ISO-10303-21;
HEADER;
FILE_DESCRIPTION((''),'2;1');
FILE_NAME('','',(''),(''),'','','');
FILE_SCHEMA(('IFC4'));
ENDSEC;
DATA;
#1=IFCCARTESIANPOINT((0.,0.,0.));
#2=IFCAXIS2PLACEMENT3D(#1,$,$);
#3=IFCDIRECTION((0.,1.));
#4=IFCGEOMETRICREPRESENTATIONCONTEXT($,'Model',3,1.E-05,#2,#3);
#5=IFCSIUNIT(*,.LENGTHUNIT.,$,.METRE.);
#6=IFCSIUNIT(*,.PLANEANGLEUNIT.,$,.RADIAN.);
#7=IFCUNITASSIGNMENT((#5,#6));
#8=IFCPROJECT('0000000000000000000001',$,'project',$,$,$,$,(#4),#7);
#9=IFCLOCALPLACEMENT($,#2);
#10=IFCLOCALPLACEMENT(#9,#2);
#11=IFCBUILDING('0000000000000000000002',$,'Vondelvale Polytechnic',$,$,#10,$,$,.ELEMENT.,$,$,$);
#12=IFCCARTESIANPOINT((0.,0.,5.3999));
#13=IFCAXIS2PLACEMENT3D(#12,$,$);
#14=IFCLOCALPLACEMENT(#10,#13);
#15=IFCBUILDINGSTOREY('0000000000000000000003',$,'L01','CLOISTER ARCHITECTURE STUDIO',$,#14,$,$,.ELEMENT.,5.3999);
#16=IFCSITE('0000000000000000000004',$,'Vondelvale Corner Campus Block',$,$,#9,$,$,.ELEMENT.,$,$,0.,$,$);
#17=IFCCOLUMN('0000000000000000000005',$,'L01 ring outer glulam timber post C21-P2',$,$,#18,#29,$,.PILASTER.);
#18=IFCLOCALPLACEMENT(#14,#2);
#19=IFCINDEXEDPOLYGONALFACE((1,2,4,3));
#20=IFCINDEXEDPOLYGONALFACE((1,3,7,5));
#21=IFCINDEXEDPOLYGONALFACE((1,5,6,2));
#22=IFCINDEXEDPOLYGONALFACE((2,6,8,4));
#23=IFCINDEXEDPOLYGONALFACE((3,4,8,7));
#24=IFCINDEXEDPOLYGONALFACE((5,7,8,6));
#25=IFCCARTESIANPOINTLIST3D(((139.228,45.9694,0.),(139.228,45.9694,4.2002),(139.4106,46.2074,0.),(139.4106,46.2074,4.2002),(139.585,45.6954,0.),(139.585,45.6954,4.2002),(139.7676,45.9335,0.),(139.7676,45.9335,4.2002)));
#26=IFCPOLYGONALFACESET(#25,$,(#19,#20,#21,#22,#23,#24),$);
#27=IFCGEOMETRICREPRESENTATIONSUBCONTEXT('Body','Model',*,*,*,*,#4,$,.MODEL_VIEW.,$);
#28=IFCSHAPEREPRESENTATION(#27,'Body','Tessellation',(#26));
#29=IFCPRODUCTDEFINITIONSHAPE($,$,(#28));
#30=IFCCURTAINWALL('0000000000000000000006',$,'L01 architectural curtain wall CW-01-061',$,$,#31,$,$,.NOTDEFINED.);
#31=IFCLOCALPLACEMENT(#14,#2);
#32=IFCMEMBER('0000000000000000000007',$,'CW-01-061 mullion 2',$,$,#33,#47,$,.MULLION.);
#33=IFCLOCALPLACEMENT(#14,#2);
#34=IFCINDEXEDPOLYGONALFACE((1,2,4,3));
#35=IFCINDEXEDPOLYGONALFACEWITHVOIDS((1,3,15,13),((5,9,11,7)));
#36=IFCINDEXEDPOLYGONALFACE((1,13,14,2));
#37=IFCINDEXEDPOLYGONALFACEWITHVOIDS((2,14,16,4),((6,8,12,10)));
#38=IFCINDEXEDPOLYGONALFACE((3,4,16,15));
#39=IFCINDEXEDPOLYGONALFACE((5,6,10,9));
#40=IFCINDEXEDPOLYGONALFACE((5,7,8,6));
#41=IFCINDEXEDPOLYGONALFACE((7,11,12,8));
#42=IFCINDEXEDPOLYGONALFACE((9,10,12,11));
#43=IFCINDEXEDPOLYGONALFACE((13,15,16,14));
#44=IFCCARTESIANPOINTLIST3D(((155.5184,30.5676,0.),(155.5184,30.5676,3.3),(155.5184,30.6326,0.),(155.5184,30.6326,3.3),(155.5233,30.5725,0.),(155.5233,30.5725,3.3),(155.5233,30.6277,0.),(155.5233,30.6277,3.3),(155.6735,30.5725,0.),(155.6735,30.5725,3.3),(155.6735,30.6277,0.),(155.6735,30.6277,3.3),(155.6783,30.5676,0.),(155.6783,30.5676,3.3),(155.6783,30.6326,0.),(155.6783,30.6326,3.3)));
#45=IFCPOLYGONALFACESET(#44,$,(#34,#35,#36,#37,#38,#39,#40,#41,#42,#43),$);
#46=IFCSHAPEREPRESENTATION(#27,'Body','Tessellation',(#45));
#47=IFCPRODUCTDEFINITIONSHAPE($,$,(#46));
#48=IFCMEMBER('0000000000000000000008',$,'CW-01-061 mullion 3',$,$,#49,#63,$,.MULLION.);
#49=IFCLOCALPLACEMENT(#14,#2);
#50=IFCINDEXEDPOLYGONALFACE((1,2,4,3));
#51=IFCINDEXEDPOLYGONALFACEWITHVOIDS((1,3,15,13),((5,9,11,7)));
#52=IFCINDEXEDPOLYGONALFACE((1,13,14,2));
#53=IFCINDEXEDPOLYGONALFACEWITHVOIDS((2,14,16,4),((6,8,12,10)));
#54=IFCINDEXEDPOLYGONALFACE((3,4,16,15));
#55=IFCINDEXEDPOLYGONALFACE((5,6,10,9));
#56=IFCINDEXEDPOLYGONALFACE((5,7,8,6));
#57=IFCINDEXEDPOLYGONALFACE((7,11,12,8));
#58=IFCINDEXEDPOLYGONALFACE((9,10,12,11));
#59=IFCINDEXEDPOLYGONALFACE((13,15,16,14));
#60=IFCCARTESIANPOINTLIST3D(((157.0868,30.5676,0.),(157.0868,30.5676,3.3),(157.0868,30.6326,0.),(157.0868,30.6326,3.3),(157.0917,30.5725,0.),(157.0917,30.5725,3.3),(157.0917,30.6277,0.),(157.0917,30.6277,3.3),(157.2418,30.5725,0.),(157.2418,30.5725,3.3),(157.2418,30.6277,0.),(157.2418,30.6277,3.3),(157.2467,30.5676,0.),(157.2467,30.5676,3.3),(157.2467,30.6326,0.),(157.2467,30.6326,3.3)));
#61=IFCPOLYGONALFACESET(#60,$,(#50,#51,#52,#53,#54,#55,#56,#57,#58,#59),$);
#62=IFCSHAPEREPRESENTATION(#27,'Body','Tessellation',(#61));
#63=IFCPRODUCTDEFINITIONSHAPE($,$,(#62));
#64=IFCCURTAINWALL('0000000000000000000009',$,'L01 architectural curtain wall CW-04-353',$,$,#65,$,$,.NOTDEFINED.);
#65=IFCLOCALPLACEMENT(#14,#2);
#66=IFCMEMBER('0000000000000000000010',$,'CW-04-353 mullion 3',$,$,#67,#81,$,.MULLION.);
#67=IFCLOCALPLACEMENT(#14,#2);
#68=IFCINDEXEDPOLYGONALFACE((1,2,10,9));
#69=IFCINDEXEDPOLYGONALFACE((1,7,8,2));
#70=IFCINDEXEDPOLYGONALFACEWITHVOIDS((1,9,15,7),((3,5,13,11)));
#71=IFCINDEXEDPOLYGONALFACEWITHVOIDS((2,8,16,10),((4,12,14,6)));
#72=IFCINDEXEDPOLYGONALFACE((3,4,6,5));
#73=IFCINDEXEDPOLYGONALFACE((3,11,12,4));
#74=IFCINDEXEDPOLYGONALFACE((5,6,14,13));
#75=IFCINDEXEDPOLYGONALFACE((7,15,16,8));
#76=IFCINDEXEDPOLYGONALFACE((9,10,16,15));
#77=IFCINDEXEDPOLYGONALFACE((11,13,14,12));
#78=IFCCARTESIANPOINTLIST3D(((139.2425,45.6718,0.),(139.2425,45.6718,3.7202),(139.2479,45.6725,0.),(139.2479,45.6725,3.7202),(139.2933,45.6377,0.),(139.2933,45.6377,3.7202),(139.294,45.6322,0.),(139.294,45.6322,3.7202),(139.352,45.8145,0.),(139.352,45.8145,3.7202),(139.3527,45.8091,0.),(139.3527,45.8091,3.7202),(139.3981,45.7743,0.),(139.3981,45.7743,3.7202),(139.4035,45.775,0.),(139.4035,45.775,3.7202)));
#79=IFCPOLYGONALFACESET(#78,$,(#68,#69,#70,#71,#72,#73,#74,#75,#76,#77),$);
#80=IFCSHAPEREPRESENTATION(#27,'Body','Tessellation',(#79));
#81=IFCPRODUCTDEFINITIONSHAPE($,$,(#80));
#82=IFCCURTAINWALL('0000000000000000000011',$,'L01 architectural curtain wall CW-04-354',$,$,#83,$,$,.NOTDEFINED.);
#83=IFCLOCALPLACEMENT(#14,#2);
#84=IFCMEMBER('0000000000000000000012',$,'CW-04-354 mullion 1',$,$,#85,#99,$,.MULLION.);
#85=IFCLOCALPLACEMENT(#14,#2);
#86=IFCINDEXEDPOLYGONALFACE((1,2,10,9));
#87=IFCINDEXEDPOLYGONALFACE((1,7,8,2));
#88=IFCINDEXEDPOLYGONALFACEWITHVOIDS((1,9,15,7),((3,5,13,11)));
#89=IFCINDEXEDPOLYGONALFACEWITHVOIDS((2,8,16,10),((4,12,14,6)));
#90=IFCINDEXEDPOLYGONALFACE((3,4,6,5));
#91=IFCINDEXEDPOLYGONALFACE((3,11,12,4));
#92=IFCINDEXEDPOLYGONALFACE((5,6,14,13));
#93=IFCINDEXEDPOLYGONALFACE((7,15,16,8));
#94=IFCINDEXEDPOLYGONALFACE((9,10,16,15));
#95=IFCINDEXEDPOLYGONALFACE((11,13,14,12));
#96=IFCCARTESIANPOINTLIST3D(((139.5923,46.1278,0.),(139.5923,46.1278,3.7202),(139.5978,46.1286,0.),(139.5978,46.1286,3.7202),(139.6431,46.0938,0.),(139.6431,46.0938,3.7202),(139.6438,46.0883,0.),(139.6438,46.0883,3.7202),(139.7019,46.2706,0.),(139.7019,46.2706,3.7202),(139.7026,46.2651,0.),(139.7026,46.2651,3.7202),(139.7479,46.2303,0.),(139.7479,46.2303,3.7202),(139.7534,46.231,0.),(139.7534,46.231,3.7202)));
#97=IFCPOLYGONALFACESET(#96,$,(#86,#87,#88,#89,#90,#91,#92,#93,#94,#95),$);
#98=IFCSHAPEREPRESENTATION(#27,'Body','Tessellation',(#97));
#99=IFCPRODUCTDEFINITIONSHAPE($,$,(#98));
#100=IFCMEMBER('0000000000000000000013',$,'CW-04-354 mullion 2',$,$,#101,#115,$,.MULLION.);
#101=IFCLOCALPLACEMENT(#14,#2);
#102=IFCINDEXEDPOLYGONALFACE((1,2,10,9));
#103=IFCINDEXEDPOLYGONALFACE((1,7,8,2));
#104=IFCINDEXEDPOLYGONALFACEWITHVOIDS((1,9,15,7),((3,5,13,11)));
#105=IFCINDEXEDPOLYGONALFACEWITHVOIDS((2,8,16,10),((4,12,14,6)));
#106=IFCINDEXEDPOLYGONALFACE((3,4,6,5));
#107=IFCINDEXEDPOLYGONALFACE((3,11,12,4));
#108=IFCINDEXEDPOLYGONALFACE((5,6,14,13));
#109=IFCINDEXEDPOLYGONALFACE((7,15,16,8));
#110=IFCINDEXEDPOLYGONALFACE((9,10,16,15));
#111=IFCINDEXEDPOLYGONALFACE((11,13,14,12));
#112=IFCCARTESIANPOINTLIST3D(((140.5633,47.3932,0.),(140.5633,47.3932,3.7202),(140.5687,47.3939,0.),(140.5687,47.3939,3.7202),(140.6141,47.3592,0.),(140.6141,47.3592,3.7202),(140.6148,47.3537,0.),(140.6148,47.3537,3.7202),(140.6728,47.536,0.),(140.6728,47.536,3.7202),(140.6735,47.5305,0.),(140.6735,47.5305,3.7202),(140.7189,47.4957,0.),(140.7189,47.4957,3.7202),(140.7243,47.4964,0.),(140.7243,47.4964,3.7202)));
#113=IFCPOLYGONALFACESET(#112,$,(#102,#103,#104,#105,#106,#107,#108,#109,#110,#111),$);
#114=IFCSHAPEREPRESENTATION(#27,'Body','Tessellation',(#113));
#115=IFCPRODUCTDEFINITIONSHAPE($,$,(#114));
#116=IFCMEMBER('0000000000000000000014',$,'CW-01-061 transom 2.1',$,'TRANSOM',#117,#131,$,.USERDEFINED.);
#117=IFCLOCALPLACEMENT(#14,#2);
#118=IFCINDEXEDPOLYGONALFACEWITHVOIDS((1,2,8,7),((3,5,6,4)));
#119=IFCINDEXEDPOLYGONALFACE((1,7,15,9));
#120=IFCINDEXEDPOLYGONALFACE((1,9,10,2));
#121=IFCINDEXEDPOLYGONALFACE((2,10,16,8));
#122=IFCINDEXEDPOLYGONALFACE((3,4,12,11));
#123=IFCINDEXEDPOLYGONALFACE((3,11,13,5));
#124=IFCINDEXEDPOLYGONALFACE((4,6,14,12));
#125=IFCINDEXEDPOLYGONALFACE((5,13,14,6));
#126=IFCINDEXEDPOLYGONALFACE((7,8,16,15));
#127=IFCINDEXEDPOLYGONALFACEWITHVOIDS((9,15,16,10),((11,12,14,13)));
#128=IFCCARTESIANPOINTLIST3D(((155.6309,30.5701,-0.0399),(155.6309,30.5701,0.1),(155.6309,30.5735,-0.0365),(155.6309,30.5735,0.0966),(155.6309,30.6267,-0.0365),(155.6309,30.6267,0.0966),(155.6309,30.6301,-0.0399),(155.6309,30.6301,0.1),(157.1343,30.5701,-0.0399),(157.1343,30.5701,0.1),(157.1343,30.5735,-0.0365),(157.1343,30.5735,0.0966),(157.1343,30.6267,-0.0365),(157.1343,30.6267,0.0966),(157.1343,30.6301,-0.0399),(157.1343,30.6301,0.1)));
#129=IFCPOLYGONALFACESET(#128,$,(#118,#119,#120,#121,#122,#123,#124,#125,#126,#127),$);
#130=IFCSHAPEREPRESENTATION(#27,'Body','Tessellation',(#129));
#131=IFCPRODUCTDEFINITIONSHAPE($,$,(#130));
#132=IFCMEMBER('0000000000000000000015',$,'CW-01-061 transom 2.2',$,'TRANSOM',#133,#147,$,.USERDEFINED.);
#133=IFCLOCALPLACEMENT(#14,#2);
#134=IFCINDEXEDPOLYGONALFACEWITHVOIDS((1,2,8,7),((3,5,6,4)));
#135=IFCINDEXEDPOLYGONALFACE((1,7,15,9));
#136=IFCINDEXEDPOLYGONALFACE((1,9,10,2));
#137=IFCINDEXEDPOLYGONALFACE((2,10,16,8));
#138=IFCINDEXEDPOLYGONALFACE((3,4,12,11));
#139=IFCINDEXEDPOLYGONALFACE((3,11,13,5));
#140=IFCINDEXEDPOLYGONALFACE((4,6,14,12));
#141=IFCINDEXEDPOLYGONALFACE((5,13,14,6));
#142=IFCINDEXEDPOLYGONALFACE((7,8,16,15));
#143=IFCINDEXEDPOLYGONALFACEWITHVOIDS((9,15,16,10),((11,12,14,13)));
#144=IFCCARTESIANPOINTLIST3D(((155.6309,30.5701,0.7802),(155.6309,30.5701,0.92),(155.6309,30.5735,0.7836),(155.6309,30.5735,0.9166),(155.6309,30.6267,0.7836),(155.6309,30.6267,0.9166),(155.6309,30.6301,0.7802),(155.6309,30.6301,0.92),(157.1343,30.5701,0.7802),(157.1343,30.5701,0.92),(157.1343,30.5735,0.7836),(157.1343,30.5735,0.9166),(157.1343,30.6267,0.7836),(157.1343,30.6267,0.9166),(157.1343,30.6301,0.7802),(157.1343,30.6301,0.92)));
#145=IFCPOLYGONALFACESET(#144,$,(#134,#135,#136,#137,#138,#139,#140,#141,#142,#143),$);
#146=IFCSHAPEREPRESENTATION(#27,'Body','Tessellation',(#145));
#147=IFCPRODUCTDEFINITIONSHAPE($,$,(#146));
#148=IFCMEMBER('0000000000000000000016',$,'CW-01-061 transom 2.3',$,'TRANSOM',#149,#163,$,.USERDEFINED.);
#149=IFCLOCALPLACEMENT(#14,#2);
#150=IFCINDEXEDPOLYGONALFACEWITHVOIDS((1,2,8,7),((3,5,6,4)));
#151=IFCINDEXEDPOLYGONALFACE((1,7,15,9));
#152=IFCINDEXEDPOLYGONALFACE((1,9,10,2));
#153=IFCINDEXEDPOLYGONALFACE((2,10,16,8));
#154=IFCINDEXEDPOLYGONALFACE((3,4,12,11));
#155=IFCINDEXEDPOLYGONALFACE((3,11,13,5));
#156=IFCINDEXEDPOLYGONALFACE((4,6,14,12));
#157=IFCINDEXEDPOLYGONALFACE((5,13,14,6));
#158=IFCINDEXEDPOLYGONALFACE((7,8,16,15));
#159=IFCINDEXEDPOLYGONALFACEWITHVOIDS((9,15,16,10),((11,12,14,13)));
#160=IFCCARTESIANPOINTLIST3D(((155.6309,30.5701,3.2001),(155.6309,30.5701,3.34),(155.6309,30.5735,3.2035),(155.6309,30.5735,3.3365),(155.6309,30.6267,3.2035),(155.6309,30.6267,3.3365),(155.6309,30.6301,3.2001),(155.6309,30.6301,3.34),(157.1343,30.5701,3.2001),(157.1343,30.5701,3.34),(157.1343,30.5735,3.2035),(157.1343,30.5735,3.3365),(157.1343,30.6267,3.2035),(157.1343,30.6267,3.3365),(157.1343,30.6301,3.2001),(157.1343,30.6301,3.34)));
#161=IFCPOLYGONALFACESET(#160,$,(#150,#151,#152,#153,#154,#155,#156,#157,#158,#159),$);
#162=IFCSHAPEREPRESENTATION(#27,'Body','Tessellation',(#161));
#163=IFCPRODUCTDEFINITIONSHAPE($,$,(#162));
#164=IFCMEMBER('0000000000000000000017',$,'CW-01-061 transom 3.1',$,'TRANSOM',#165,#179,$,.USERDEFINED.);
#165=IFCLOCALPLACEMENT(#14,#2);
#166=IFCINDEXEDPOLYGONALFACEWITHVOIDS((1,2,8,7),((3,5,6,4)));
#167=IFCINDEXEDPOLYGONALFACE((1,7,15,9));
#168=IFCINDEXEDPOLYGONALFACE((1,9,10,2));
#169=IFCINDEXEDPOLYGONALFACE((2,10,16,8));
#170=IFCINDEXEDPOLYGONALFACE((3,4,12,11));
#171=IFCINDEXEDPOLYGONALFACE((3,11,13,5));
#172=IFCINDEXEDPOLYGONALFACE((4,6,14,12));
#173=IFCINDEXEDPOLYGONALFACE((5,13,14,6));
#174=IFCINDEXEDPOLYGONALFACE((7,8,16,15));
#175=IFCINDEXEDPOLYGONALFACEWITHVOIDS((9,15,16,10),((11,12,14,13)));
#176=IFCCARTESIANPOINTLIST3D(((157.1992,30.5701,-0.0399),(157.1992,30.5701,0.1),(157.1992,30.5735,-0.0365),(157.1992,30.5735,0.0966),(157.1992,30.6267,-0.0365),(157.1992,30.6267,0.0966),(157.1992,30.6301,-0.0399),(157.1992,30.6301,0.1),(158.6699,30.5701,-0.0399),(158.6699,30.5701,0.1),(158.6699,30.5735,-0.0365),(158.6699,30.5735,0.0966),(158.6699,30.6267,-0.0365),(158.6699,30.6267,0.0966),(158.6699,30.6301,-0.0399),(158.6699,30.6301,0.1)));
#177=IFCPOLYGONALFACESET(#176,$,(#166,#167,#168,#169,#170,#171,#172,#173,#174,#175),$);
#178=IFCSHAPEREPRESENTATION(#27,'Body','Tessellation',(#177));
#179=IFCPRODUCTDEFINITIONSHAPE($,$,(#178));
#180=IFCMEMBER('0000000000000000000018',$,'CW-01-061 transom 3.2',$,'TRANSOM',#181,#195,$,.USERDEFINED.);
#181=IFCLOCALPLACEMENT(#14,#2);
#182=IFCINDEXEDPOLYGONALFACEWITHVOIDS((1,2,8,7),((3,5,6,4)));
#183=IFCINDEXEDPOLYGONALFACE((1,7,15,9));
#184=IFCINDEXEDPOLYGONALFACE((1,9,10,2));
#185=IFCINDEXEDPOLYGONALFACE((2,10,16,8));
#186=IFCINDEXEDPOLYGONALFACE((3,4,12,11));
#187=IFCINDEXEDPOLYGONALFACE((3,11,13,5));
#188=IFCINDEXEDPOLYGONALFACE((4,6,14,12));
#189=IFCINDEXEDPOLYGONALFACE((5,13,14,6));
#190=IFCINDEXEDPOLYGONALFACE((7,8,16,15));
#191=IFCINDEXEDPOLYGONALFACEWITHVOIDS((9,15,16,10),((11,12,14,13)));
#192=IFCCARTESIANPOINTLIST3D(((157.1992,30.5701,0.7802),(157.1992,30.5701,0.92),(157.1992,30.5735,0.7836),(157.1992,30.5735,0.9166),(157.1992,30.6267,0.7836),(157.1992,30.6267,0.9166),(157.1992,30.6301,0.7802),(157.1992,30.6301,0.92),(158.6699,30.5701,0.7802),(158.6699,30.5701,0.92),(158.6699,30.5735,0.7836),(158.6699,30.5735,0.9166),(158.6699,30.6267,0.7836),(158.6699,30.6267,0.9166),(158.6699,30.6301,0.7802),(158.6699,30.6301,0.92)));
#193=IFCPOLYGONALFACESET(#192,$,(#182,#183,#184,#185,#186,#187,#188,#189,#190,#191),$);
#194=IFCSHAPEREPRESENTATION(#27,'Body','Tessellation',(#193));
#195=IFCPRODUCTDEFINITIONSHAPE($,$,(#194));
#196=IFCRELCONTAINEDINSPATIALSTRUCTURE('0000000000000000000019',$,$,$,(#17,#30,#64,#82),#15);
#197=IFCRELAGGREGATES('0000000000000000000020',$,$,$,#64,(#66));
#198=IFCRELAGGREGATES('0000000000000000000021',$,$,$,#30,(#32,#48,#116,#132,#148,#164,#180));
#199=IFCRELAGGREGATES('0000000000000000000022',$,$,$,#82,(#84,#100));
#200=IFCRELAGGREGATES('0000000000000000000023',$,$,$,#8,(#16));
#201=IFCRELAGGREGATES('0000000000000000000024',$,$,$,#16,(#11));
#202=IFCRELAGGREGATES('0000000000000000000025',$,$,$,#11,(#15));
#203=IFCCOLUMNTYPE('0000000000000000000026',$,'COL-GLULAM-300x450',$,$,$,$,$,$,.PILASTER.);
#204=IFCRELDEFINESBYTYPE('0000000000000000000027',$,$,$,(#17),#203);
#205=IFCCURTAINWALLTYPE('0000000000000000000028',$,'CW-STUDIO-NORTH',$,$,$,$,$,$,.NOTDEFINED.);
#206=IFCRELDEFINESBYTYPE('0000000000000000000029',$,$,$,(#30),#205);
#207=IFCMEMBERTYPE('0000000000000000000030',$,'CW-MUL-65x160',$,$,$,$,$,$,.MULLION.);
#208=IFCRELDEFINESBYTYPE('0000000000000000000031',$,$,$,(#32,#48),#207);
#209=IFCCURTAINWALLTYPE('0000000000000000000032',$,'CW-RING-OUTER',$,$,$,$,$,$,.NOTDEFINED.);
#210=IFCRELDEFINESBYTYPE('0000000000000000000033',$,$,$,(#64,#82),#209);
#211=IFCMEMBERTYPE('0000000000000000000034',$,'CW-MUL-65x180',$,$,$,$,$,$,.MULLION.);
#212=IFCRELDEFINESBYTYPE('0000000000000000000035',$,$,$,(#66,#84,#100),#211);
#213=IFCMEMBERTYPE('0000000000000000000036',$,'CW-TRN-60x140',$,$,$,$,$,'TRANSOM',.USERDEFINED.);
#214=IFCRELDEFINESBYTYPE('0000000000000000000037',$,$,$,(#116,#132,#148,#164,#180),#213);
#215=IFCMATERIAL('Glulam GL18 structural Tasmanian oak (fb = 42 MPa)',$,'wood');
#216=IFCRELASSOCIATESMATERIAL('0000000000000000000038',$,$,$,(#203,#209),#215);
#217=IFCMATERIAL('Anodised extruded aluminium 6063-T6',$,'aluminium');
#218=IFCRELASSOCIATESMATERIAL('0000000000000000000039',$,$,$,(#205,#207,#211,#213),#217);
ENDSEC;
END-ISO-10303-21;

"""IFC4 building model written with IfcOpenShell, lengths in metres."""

from ifc_helpers import new_model, si_unit, direction, frame, origin, origin_2d, place, context, subcontext, project, spatial, rectangle, hollow_rectangle, extrude, material, material_profile, profile_set, type_object, element, aggregate, save


model = new_model("IFC4")

# Units and contexts
model_context = context("Model", 3, precision=1e-05, world=origin(), true_north=direction((0.0, 1.0)))
body_context = subcontext(model_context, "Body", "Model", "MODEL_VIEW")
ifc_project = project(units=[si_unit("LENGTHUNIT", "METRE"), si_unit("PLANEANGLEUNIT", "RADIAN")], contexts=[model_context])

# Site, building, storey
site_placement = place(None, origin())
site = spatial("IfcSite", under=ifc_project, at=site_placement, Name="Vondelvale Corner Campus Block", CompositionType="ELEMENT", RefElevation=0.0)
building_placement = place(site_placement, origin())
building = spatial("IfcBuilding", under=site, at=building_placement, Name="Vondelvale Polytechnic", CompositionType="ELEMENT")
storey_placement = place(building_placement, frame((0.0, 0.0, 5.3999)))
storey = spatial("IfcBuildingStorey", under=building, at=storey_placement, Name="L01", Description="CLOISTER ARCHITECTURE STUDIO", CompositionType="ELEMENT", Elevation=5.3999)

# Column
ifc_material_1 = material(Name="Glulam GL18 structural Tasmanian oak (fb = 42 MPa)", Category="wood")
ifc_material_profile_1 = material_profile(ifc_material_1, rectangle(XDim=0.3, YDim=0.45, at=origin_2d()), Name="GL-POST-300x450")
ifc_profile_set_1 = profile_set([ifc_material_profile_1], Name="Glulam GL18 structural Tasmanian oak (fb = 42 MPa)")
column_type = type_object("IfcColumnType", Name="COL-GLULAM-300x450", PredefinedType="PILASTER", material=ifc_profile_set_1)
column_placement = place(storey_placement, frame((139.4978, 45.9514, 0.0), z_axis=(0.0, 0.0, 1.0), x_axis=(0.608761, 0.793353, 0.0)))
element("IfcColumn", 1, at=column_placement, inside=storey, type_object=column_type, Name="L01 ring outer glulam timber post C21-P2", PredefinedType="PILASTER", context=body_context, shape_type="SweptSolid", body=[
    extrude(rectangle(XDim=0.3, YDim=0.45, at=origin_2d()), origin(), (0.0, 0.0, 1.0), 4.2002),
])

# Curtain wall, members
ifc_material_2 = material(Name="Anodised extruded aluminium 6063-T6", Category="aluminium")
curtain_wall_type_1 = type_object("IfcCurtainWallType", Name="CW-STUDIO-NORTH", PredefinedType="NOTDEFINED", material=ifc_material_2)
curtain_wall_1_placement = place(storey_placement, origin())
curtain_wall_1 = element("IfcCurtainWall", 2, at=curtain_wall_1_placement, inside=storey, type_object=curtain_wall_type_1, Name="L01 architectural curtain wall CW-01-061", PredefinedType="NOTDEFINED")
ifc_material_profile_2 = material_profile(ifc_material_2, hollow_rectangle(XDim=0.0649, YDim=0.1599, WallThickness=0.0049, at=origin_2d()), Name="CW-MUL-160x65")
ifc_profile_set_2 = profile_set([ifc_material_profile_2], Name="Anodised extruded aluminium 6063-T6")
member_type_1 = type_object("IfcMemberType", Name="CW-MUL-65x160", PredefinedType="MULLION", material=ifc_profile_set_2)
member_1_placement = place(storey_placement, frame((155.5984, 30.6001, 0.0), z_axis=(0.0, 0.0, 1.0), x_axis=(0.0, 1.0, 0.0)))
member_1 = element("IfcMember", 3, at=member_1_placement, type_object=member_type_1, Name="CW-01-061 mullion 2", PredefinedType="MULLION", context=body_context, shape_type="SweptSolid", body=[
    extrude(hollow_rectangle(XDim=0.0649, YDim=0.1599, WallThickness=0.0049, at=origin_2d()), origin(), (0.0, 0.0, 1.0), 3.3),
])
member_2_placement = place(storey_placement, frame((157.1667, 30.6001, 0.0), z_axis=(0.0, 0.0, 1.0), x_axis=(0.0, 1.0, 0.0)))
member_2 = element("IfcMember", 4, at=member_2_placement, type_object=member_type_1, Name="CW-01-061 mullion 3", PredefinedType="MULLION", context=body_context, shape_type="SweptSolid", body=[
    extrude(hollow_rectangle(XDim=0.0649, YDim=0.1599, WallThickness=0.0049, at=origin_2d()), origin(), (0.0, 0.0, 1.0), 3.3),
])

# Curtain wall, member
curtain_wall_type_2 = type_object("IfcCurtainWallType", Name="CW-RING-OUTER", PredefinedType="NOTDEFINED", material=ifc_material_1)
curtain_wall_2_placement = place(storey_placement, origin())
curtain_wall_2 = element("IfcCurtainWall", 5, at=curtain_wall_2_placement, inside=storey, type_object=curtain_wall_type_2, Name="L01 architectural curtain wall CW-04-353", PredefinedType="NOTDEFINED")
ifc_material_profile_3 = material_profile(ifc_material_2, hollow_rectangle(XDim=0.0649, YDim=0.1799, WallThickness=0.0039, at=origin_2d()), Name="CW-MUL-180x65")
ifc_profile_set_3 = profile_set([ifc_material_profile_3], Name="Anodised extruded aluminium 6063-T6")
member_type_2 = type_object("IfcMemberType", Name="CW-MUL-65x180", PredefinedType="MULLION", material=ifc_profile_set_3)
member_3_placement = place(storey_placement, frame((139.323, 45.7234, 0.0), z_axis=(0.0, 0.0, 1.0), x_axis=(-0.793346, 0.608771, 0.0)))
member_3 = element("IfcMember", 6, at=member_3_placement, type_object=member_type_2, Name="CW-04-353 mullion 3", PredefinedType="MULLION", context=body_context, shape_type="SweptSolid", body=[
    extrude(hollow_rectangle(XDim=0.0649, YDim=0.1799, WallThickness=0.0039, at=origin_2d()), origin(), (0.0, 0.0, 1.0), 3.7202),
])

# Curtain wall, members
curtain_wall_3_placement = place(storey_placement, origin())
curtain_wall_3 = element("IfcCurtainWall", 7, at=curtain_wall_3_placement, inside=storey, type_object=curtain_wall_type_2, Name="L01 architectural curtain wall CW-04-354", PredefinedType="NOTDEFINED")
member_4_placement = place(storey_placement, frame((139.6729, 46.1794, 0.0), z_axis=(0.0, 0.0, 1.0), x_axis=(-0.793334, 0.608787, 0.0)))
member_4 = element("IfcMember", 8, at=member_4_placement, type_object=member_type_2, Name="CW-04-354 mullion 1", PredefinedType="MULLION", context=body_context, shape_type="SweptSolid", body=[
    extrude(hollow_rectangle(XDim=0.0649, YDim=0.1799, WallThickness=0.0039, at=origin_2d()), origin(), (0.0, 0.0, 1.0), 3.7202),
])
member_5_placement = place(storey_placement, frame((140.6438, 47.4448, 0.0), z_axis=(0.0, 0.0, 1.0), x_axis=(-0.793334, 0.608787, 0.0)))
member_5 = element("IfcMember", 9, at=member_5_placement, type_object=member_type_2, Name="CW-04-354 mullion 2", PredefinedType="MULLION", context=body_context, shape_type="SweptSolid", body=[
    extrude(hollow_rectangle(XDim=0.0649, YDim=0.1799, WallThickness=0.0039, at=origin_2d()), origin(), (0.0, 0.0, 1.0), 3.7202),
])

# Members
ifc_material_profile_4 = material_profile(ifc_material_2, hollow_rectangle(XDim=0.0601, YDim=0.1399, WallThickness=0.0034, at=origin_2d()), Name="CW-TRN-140x60")
ifc_profile_set_4 = profile_set([ifc_material_profile_4], Name="Anodised extruded aluminium 6063-T6")
member_type_3 = type_object("IfcMemberType", Name="CW-TRN-60x140", ElementType="TRANSOM", PredefinedType="USERDEFINED", material=ifc_profile_set_4)
member_6_placement = place(storey_placement, frame((155.6309, 30.6001, 0.03), z_axis=(1.0, 0.0, 0.0), x_axis=(0.0, 1.0, 0.0)))
member_6 = element("IfcMember", 10, at=member_6_placement, type_object=member_type_3, Name="CW-01-061 transom 2.1", ObjectType="TRANSOM", PredefinedType="USERDEFINED", context=body_context, shape_type="SweptSolid", body=[
    extrude(hollow_rectangle(XDim=0.0601, YDim=0.1399, WallThickness=0.0034, at=origin_2d()), origin(), (0.0, 0.0, 1.0), 1.5034),
])
member_7_placement = place(storey_placement, frame((155.6309, 30.6001, 0.8501), z_axis=(1.0, 0.0, 0.0), x_axis=(0.0, 1.0, 0.0)))
member_7 = element("IfcMember", 11, at=member_7_placement, type_object=member_type_3, Name="CW-01-061 transom 2.2", ObjectType="TRANSOM", PredefinedType="USERDEFINED", context=body_context, shape_type="SweptSolid", body=[
    extrude(hollow_rectangle(XDim=0.0601, YDim=0.1399, WallThickness=0.0034, at=origin_2d()), origin(), (0.0, 0.0, 1.0), 1.5034),
])
member_8_placement = place(storey_placement, frame((155.6309, 30.6001, 3.27), z_axis=(1.0, 0.0, 0.0), x_axis=(0.0, 1.0, 0.0)))
member_8 = element("IfcMember", 12, at=member_8_placement, type_object=member_type_3, Name="CW-01-061 transom 2.3", ObjectType="TRANSOM", PredefinedType="USERDEFINED", context=body_context, shape_type="SweptSolid", body=[
    extrude(hollow_rectangle(XDim=0.0601, YDim=0.1399, WallThickness=0.0034, at=origin_2d()), origin(), (0.0, 0.0, 1.0), 1.5034),
])
member_9_placement = place(storey_placement, frame((157.1992, 30.6001, 0.03), z_axis=(1.0, 0.0, 0.0), x_axis=(0.0, 1.0, 0.0)))
member_9 = element("IfcMember", 13, at=member_9_placement, type_object=member_type_3, Name="CW-01-061 transom 3.1", ObjectType="TRANSOM", PredefinedType="USERDEFINED", context=body_context, shape_type="SweptSolid", body=[
    extrude(hollow_rectangle(XDim=0.0601, YDim=0.1399, WallThickness=0.0034, at=origin_2d()), origin(), (0.0, 0.0, 1.0), 1.4707),
])
member_10_placement = place(storey_placement, frame((157.1992, 30.6001, 0.8501), z_axis=(1.0, 0.0, 0.0), x_axis=(0.0, 1.0, 0.0)))
member_10 = element("IfcMember", 14, at=member_10_placement, type_object=member_type_3, Name="CW-01-061 transom 3.2", ObjectType="TRANSOM", PredefinedType="USERDEFINED", context=body_context, shape_type="SweptSolid", body=[
    extrude(hollow_rectangle(XDim=0.0601, YDim=0.1399, WallThickness=0.0034, at=origin_2d()), origin(), (0.0, 0.0, 1.0), 1.4707),
])

aggregate(curtain_wall_2, [member_3])
aggregate(curtain_wall_1, [member_1, member_2, member_6, member_7, member_8, member_9, member_10])
aggregate(curtain_wall_3, [member_4, member_5])

save(model, "model.ifc")
